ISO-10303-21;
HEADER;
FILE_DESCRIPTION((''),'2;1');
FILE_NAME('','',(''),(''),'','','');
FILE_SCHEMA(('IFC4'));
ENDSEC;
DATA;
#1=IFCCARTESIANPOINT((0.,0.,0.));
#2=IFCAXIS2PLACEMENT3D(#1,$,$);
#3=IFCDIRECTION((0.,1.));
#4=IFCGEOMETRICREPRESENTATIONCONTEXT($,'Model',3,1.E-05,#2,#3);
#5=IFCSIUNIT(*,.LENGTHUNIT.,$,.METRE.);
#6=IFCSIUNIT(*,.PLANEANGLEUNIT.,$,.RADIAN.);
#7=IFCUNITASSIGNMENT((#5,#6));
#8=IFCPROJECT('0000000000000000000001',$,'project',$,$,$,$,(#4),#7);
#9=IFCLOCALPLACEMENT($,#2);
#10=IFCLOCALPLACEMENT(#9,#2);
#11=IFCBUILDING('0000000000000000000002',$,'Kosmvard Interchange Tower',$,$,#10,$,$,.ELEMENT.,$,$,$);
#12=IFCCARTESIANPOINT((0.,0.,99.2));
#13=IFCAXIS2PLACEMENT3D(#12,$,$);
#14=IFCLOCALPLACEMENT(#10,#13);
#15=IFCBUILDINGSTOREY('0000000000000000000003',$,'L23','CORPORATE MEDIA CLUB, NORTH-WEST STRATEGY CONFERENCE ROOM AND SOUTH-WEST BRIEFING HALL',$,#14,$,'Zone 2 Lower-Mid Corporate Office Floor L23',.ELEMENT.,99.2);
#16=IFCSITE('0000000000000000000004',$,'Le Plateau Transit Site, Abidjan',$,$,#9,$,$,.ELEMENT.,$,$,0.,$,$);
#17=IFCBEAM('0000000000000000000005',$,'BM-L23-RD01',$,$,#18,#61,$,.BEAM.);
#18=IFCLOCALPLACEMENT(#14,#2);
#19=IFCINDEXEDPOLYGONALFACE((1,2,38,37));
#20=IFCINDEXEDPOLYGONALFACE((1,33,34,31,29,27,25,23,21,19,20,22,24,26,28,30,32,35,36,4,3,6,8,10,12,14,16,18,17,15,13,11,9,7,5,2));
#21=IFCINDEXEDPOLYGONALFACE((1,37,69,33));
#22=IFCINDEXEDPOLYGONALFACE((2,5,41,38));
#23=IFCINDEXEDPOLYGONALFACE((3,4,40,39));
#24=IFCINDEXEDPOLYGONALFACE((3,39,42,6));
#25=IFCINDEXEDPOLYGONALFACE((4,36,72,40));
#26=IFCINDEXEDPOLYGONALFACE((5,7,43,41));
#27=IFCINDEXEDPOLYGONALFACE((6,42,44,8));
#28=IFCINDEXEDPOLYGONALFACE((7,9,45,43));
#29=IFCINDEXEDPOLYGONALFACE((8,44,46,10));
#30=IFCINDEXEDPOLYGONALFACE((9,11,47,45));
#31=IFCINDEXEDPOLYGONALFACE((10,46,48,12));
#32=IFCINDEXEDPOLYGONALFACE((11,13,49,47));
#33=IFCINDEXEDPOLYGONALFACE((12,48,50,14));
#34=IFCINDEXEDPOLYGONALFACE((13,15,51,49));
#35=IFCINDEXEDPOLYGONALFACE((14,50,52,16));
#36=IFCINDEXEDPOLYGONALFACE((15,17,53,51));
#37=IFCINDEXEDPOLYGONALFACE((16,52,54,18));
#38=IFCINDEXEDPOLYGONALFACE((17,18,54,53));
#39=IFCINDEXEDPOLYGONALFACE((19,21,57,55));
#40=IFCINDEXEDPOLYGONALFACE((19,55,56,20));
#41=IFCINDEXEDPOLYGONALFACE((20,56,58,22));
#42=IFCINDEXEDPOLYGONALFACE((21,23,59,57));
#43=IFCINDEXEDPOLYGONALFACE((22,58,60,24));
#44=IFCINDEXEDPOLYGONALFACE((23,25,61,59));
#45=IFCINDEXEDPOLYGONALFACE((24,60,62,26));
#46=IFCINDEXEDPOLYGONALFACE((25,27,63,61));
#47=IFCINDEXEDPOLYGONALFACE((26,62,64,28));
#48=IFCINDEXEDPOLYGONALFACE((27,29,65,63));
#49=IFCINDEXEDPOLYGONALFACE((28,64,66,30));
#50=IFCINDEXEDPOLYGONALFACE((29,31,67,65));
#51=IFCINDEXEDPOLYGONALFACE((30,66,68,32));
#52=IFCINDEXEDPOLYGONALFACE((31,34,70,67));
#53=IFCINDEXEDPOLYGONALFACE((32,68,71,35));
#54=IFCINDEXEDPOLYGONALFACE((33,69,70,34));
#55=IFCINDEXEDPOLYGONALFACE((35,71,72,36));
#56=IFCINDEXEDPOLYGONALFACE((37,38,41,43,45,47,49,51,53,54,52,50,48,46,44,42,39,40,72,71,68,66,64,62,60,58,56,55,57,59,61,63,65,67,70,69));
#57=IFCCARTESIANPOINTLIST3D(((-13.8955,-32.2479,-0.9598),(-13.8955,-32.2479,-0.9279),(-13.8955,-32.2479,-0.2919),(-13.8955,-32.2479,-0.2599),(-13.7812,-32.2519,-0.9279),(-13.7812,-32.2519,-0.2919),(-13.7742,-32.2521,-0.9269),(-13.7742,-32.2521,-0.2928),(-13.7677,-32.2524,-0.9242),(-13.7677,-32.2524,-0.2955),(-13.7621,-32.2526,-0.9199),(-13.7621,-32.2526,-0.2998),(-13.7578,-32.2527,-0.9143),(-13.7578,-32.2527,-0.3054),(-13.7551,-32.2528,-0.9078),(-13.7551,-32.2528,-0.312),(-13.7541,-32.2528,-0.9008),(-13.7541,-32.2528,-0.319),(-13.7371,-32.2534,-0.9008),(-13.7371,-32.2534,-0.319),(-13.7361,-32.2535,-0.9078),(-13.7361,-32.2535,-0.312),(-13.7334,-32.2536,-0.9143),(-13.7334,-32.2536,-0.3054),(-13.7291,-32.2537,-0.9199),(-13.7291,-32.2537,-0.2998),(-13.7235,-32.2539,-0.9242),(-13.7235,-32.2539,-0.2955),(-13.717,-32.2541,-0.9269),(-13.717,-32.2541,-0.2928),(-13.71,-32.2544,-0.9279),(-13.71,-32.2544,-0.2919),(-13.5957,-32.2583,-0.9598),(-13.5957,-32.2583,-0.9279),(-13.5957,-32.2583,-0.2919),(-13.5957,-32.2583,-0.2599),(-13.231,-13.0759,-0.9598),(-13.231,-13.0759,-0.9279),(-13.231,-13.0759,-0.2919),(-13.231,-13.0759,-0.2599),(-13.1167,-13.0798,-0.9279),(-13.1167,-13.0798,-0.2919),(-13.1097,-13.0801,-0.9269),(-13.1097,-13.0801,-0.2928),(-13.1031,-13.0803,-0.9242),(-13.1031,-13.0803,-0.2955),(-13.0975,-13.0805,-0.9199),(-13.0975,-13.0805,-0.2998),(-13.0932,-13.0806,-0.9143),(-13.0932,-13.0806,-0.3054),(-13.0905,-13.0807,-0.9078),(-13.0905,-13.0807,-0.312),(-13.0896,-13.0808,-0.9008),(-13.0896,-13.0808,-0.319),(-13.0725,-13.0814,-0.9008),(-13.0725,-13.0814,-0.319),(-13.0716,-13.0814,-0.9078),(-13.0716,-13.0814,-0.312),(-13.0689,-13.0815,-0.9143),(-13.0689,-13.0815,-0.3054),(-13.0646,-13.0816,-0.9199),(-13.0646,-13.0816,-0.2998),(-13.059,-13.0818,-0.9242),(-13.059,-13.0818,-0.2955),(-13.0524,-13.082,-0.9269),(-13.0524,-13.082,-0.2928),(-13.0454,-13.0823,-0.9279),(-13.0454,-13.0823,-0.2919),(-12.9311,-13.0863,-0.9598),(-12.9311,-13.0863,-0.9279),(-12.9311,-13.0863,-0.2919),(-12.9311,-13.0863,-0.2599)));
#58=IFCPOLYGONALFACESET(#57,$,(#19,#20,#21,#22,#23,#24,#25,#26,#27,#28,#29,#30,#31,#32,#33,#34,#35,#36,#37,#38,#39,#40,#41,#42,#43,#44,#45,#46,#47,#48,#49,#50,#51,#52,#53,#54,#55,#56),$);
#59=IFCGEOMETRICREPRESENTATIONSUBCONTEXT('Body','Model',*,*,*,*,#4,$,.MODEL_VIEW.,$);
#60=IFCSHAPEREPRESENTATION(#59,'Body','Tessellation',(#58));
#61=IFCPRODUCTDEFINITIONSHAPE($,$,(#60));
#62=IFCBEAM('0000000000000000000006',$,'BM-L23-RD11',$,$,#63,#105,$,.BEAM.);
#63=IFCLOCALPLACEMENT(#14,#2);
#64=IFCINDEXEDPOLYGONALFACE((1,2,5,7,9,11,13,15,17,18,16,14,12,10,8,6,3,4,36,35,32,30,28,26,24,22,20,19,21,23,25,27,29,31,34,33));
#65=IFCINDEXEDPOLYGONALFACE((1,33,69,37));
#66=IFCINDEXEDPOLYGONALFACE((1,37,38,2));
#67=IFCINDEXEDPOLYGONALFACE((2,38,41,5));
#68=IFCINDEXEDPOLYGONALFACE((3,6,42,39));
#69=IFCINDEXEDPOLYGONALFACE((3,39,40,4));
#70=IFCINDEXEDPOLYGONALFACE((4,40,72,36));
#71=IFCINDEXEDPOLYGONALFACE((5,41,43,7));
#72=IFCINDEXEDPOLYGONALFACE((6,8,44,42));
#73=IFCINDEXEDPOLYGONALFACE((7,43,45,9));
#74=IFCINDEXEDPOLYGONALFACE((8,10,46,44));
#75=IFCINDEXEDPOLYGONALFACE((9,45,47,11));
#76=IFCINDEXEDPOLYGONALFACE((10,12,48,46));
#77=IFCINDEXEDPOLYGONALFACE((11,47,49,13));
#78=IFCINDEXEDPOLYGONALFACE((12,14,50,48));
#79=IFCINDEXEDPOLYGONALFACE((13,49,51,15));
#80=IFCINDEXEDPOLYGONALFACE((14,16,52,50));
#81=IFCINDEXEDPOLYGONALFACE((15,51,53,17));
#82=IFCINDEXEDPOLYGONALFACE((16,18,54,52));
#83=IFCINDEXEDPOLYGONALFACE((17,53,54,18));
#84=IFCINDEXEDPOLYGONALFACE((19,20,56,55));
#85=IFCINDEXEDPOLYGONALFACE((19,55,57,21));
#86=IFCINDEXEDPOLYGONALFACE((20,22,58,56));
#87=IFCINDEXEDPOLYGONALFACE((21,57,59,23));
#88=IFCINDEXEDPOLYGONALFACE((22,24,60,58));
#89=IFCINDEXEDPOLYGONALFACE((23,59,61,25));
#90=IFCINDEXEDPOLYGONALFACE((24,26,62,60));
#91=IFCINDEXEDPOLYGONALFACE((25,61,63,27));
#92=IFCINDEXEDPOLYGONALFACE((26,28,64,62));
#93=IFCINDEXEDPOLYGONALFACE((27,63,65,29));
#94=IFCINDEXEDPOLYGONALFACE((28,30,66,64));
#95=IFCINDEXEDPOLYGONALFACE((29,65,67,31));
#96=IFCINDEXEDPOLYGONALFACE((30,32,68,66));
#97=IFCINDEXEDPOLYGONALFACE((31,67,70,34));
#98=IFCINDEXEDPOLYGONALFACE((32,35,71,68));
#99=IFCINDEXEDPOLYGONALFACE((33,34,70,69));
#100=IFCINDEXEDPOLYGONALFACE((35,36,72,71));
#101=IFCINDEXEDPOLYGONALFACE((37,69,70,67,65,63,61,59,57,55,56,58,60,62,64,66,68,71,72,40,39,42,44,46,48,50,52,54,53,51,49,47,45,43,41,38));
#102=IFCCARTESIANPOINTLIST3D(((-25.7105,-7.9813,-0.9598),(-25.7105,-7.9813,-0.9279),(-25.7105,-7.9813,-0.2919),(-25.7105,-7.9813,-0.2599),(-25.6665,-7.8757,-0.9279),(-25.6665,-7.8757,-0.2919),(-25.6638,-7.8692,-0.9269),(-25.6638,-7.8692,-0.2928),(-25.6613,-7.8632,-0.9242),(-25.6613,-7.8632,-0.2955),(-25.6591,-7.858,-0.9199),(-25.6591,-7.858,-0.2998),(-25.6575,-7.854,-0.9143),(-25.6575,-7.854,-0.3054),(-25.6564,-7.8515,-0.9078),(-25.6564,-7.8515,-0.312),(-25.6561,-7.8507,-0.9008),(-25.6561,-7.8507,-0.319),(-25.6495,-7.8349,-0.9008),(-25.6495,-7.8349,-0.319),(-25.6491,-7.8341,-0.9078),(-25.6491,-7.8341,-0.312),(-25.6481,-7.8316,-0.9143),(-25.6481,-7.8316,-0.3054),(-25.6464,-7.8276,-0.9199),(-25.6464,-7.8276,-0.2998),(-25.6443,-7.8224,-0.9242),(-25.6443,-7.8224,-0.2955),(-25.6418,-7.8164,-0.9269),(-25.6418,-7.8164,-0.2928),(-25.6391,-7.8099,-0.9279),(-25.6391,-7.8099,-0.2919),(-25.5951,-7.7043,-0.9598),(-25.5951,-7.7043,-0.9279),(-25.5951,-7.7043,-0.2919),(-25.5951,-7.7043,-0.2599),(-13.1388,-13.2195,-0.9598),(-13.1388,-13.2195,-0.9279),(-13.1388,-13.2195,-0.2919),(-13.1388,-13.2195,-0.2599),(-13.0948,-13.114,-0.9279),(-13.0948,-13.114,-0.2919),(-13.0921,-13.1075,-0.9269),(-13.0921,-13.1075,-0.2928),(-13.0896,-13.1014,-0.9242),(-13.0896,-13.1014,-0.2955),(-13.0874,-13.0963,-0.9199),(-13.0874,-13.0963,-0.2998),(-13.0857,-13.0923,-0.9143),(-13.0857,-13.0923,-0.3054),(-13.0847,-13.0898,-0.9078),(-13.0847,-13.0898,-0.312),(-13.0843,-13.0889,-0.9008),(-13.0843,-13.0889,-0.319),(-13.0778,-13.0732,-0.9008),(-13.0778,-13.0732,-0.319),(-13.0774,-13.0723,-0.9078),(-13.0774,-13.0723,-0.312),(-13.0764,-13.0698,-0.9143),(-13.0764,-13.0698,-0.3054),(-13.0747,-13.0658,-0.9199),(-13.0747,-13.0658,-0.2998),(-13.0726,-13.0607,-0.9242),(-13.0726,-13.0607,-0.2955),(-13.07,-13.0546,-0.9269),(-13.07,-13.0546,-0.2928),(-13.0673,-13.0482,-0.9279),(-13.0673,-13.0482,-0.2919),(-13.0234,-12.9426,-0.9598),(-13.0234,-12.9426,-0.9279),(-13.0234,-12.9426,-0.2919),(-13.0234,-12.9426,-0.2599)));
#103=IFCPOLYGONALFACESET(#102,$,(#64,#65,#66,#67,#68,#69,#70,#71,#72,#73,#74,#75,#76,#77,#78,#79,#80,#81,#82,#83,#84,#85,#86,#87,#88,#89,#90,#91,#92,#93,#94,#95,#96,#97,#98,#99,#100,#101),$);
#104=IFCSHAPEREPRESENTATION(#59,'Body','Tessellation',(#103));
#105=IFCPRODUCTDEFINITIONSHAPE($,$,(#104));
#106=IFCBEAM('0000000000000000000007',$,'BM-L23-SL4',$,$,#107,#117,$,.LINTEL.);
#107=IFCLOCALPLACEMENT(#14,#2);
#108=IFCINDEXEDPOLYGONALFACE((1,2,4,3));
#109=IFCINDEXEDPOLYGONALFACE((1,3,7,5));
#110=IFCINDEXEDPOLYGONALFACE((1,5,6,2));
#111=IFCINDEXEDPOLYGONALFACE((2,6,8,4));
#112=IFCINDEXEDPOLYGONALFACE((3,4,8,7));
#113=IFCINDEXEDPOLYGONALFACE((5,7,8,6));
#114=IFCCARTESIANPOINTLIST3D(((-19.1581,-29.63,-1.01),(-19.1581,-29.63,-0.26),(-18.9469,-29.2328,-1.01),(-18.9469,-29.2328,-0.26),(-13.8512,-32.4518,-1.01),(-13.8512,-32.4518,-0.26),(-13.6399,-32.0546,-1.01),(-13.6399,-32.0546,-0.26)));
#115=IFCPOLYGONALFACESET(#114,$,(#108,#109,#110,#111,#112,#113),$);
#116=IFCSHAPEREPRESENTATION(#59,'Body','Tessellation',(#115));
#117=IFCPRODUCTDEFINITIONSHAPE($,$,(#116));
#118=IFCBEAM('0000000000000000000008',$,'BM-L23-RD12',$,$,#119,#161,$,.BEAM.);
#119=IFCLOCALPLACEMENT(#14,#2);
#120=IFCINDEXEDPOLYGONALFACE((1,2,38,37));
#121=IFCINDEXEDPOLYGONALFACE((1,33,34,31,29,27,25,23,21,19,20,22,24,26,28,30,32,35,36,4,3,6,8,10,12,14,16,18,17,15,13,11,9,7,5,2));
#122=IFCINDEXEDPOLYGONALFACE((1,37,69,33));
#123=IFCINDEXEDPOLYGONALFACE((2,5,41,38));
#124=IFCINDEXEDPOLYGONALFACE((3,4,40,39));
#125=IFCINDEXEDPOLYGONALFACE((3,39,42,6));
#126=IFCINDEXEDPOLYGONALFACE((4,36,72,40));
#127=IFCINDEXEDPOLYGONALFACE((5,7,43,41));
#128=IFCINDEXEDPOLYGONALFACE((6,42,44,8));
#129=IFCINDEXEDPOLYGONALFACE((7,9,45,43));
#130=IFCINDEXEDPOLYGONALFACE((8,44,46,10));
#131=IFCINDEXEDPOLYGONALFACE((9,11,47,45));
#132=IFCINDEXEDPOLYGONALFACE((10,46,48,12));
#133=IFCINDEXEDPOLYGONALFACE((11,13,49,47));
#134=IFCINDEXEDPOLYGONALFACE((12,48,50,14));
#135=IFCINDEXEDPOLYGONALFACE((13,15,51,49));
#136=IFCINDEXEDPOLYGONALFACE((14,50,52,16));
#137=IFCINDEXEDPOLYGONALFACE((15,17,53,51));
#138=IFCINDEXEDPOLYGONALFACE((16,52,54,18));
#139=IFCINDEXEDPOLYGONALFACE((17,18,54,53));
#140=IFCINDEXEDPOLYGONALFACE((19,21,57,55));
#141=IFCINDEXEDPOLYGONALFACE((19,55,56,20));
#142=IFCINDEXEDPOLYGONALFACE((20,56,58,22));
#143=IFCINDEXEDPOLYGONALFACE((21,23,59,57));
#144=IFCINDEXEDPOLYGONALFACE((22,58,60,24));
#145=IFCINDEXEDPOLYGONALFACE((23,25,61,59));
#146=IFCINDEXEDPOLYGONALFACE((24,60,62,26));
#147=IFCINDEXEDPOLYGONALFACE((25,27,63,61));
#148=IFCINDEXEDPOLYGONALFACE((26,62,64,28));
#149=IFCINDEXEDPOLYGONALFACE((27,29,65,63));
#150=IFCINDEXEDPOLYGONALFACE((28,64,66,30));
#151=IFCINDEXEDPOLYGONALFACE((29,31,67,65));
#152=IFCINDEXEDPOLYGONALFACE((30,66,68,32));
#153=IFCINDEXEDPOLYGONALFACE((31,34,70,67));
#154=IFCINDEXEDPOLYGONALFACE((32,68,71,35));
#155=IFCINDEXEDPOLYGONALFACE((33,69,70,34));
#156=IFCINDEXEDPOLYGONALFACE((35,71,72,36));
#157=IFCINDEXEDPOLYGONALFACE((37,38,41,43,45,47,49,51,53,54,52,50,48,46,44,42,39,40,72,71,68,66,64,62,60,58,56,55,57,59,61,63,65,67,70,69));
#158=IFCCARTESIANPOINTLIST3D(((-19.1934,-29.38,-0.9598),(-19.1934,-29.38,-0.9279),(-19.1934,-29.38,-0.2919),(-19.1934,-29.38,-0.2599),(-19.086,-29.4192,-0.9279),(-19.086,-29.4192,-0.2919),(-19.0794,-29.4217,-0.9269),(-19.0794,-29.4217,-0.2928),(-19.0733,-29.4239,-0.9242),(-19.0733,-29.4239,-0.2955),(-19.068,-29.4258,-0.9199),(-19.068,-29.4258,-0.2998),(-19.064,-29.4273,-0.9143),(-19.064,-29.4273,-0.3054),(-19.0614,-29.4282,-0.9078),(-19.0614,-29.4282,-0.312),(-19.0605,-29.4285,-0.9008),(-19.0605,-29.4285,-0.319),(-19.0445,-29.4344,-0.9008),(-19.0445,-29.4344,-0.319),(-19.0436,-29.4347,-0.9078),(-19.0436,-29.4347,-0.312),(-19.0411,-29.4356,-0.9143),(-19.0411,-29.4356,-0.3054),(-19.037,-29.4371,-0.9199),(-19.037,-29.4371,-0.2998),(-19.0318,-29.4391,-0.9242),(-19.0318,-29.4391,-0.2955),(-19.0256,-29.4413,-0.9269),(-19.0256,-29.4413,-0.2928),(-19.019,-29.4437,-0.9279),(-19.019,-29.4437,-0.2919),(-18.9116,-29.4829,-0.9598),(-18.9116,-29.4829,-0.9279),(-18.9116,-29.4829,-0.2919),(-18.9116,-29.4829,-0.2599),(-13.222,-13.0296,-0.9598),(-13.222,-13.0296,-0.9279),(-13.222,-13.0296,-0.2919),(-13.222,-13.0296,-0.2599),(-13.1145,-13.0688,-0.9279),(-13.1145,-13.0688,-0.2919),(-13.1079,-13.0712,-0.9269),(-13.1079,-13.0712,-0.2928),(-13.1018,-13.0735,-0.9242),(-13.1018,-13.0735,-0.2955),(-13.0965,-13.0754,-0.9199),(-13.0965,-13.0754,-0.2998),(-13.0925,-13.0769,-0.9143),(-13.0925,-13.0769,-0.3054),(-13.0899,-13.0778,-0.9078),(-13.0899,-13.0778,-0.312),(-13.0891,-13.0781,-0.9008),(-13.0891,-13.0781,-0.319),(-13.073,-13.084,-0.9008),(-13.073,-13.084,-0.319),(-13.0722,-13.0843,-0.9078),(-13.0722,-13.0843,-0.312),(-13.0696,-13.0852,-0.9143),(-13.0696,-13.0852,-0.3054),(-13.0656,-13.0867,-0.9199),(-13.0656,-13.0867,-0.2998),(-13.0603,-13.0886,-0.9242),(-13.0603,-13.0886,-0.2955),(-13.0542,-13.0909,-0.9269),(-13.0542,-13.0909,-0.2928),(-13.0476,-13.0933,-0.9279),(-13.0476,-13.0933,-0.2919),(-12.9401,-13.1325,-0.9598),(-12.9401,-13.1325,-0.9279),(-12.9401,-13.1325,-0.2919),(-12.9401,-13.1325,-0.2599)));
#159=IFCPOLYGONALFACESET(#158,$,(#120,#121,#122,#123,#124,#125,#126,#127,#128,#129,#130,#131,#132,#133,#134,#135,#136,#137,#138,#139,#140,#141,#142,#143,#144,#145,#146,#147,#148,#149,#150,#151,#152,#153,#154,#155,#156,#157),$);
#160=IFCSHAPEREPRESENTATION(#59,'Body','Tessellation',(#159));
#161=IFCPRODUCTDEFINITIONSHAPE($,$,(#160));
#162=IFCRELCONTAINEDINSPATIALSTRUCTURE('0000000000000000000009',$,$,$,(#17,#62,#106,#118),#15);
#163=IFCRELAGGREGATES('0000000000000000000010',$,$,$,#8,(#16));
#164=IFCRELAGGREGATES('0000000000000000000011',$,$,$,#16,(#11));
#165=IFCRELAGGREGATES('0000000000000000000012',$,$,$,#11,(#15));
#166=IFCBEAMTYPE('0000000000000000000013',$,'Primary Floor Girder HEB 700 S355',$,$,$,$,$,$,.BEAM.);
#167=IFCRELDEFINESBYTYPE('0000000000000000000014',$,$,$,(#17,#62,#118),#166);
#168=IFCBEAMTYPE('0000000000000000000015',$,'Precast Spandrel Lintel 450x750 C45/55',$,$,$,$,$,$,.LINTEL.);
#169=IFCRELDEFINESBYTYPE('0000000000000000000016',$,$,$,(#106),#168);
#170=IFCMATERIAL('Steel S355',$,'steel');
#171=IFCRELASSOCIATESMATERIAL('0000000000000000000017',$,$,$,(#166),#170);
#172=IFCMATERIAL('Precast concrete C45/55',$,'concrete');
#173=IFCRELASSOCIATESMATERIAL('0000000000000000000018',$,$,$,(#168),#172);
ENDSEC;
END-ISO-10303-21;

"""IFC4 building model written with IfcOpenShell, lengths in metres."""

from ifc_helpers import new_model, si_unit, direction, frame, origin, origin_2d, place, context, subcontext, project, spatial, rectangle, i_section, extrude, source, transform, mapped, material, material_profile, profile_set, type_object, element, save


model = new_model("IFC4")

# Units and contexts
model_context = context("Model", 3, precision=1e-05, world=origin(), true_north=direction((0.0, 1.0)))
body_context = subcontext(model_context, "Body", "Model", "MODEL_VIEW")
ifc_project = project(units=[si_unit("LENGTHUNIT", "METRE"), si_unit("PLANEANGLEUNIT", "RADIAN")], contexts=[model_context])

# Site, building, storey
site_placement = place(None, origin())
site = spatial("IfcSite", under=ifc_project, at=site_placement, Name="Le Plateau Transit Site, Abidjan", CompositionType="ELEMENT", RefElevation=0.0)
building_placement = place(site_placement, origin())
building = spatial("IfcBuilding", under=site, at=building_placement, Name="Kosmvard Interchange Tower", CompositionType="ELEMENT")
storey_placement = place(building_placement, frame((0.0, 0.0, 99.2)))
storey = spatial("IfcBuildingStorey", under=building, at=storey_placement, Name="L23", Description="CORPORATE MEDIA CLUB, NORTH-WEST STRATEGY CONFERENCE ROOM AND SOUTH-WEST BRIEFING HALL", LongName="Zone 2 Lower-Mid Corporate Office Floor L23", CompositionType="ELEMENT", Elevation=99.2)

# Beams
ifc_material_1 = material(Name="Steel S355", Category="steel")
ifc_material_profile_1 = material_profile(ifc_material_1, i_section(OverallWidth=0.3, OverallDepth=0.7, WebThickness=0.0171, FlangeThickness=0.032, FilletRadius=0.0271, at=origin_2d()), Name="HEB 700")
ifc_profile_set_1 = profile_set([ifc_material_profile_1], Name="Steel S355")
beam_type_1 = type_object("IfcBeamType", Name="Primary Floor Girder HEB 700 S355", PredefinedType="BEAM", material=ifc_profile_set_1)
shared_shape_1 = source(origin(), body_context, "Body", "SweptSolid", [
    extrude(i_section(OverallWidth=0.3, OverallDepth=0.7, WebThickness=0.0171, FlangeThickness=0.032, FilletRadius=0.0271, at=origin_2d()), origin(), (0.0, 0.0, 1.0), 19.1836),
])
beam_1_placement = place(storey_placement, frame((-13.0811, -13.0811, -0.6099), z_axis=(-0.034642, -0.9994, 0.0), x_axis=(0.9994, -0.034642, 0.0)))
element("IfcBeam", 1, at=beam_1_placement, inside=storey, type_object=beam_type_1, Name="BM-L23-RD01", PredefinedType="BEAM", context=body_context, shape_type="MappedRepresentation", body=[
    mapped(shared_shape_1, transform((0.0, 0.0, 0.0), scale=1.0)),
])
shared_shape_2 = source(origin(), body_context, "Body", "SweptSolid", [
    extrude(i_section(OverallWidth=0.3, OverallDepth=0.7, WebThickness=0.0171, FlangeThickness=0.032, FilletRadius=0.0271, at=origin_2d()), origin(), (0.0, 0.0, 1.0), 13.6194),
])
beam_2_placement = place(storey_placement, frame((-13.0811, -13.0811, -0.6099), z_axis=(-0.923076, 0.384618, 0.0), x_axis=(-0.384618, -0.923076, 0.0)))
element("IfcBeam", 2, at=beam_2_placement, inside=storey, type_object=beam_type_1, Name="BM-L23-RD11", PredefinedType="BEAM", context=body_context, shape_type="MappedRepresentation", body=[
    mapped(shared_shape_2, transform((0.0, 0.0, 0.0), scale=1.0)),
])
ifc_material_2 = material(Name="Precast concrete C45/55", Category="concrete")
ifc_material_profile_2 = material_profile(ifc_material_2, rectangle(XDim=0.45, YDim=0.75, at=origin_2d()), Name="SL 450x750")
ifc_profile_set_2 = profile_set([ifc_material_profile_2], Name="Precast concrete C45/55")
beam_type_2 = type_object("IfcBeamType", Name="Precast Spandrel Lintel 450x750 C45/55", PredefinedType="LINTEL", material=ifc_profile_set_2)
shared_shape_3 = source(origin(), body_context, "Body", "SweptSolid", [
    extrude(rectangle(XDim=0.45, YDim=0.75, at=origin_2d()), origin(), (0.0, 0.0, 1.0), 6.0105),
])
beam_3_placement = place(storey_placement, frame((-19.0525, -29.4314, -0.635), z_axis=(0.882944, -0.469479, 0.0), x_axis=(0.469479, 0.882944, 0.0)))
element("IfcBeam", 3, at=beam_3_placement, inside=storey, type_object=beam_type_2, Name="BM-L23-SL4", PredefinedType="LINTEL", context=body_context, shape_type="MappedRepresentation", body=[
    mapped(shared_shape_3, transform((0.0, 0.0, 0.0), scale=1.0)),
])
shared_shape_4 = source(origin(), body_context, "Body", "SweptSolid", [
    extrude(i_section(OverallWidth=0.3, OverallDepth=0.7, WebThickness=0.0171, FlangeThickness=0.032, FilletRadius=0.0271, at=origin_2d()), origin(), (0.0, 0.0, 1.0), 17.4067),
])
beam_4_placement = place(storey_placement, frame((-13.0811, -13.0811, -0.6099), z_axis=(-0.343055, -0.939315, 0.0), x_axis=(0.939315, -0.343055, 0.0)))
element("IfcBeam", 4, at=beam_4_placement, inside=storey, type_object=beam_type_1, Name="BM-L23-RD12", PredefinedType="BEAM", context=body_context, shape_type="MappedRepresentation", body=[
    mapped(shared_shape_4, transform((0.0, 0.0, 0.0), scale=1.0)),
])

save(model, "model.ifc")
